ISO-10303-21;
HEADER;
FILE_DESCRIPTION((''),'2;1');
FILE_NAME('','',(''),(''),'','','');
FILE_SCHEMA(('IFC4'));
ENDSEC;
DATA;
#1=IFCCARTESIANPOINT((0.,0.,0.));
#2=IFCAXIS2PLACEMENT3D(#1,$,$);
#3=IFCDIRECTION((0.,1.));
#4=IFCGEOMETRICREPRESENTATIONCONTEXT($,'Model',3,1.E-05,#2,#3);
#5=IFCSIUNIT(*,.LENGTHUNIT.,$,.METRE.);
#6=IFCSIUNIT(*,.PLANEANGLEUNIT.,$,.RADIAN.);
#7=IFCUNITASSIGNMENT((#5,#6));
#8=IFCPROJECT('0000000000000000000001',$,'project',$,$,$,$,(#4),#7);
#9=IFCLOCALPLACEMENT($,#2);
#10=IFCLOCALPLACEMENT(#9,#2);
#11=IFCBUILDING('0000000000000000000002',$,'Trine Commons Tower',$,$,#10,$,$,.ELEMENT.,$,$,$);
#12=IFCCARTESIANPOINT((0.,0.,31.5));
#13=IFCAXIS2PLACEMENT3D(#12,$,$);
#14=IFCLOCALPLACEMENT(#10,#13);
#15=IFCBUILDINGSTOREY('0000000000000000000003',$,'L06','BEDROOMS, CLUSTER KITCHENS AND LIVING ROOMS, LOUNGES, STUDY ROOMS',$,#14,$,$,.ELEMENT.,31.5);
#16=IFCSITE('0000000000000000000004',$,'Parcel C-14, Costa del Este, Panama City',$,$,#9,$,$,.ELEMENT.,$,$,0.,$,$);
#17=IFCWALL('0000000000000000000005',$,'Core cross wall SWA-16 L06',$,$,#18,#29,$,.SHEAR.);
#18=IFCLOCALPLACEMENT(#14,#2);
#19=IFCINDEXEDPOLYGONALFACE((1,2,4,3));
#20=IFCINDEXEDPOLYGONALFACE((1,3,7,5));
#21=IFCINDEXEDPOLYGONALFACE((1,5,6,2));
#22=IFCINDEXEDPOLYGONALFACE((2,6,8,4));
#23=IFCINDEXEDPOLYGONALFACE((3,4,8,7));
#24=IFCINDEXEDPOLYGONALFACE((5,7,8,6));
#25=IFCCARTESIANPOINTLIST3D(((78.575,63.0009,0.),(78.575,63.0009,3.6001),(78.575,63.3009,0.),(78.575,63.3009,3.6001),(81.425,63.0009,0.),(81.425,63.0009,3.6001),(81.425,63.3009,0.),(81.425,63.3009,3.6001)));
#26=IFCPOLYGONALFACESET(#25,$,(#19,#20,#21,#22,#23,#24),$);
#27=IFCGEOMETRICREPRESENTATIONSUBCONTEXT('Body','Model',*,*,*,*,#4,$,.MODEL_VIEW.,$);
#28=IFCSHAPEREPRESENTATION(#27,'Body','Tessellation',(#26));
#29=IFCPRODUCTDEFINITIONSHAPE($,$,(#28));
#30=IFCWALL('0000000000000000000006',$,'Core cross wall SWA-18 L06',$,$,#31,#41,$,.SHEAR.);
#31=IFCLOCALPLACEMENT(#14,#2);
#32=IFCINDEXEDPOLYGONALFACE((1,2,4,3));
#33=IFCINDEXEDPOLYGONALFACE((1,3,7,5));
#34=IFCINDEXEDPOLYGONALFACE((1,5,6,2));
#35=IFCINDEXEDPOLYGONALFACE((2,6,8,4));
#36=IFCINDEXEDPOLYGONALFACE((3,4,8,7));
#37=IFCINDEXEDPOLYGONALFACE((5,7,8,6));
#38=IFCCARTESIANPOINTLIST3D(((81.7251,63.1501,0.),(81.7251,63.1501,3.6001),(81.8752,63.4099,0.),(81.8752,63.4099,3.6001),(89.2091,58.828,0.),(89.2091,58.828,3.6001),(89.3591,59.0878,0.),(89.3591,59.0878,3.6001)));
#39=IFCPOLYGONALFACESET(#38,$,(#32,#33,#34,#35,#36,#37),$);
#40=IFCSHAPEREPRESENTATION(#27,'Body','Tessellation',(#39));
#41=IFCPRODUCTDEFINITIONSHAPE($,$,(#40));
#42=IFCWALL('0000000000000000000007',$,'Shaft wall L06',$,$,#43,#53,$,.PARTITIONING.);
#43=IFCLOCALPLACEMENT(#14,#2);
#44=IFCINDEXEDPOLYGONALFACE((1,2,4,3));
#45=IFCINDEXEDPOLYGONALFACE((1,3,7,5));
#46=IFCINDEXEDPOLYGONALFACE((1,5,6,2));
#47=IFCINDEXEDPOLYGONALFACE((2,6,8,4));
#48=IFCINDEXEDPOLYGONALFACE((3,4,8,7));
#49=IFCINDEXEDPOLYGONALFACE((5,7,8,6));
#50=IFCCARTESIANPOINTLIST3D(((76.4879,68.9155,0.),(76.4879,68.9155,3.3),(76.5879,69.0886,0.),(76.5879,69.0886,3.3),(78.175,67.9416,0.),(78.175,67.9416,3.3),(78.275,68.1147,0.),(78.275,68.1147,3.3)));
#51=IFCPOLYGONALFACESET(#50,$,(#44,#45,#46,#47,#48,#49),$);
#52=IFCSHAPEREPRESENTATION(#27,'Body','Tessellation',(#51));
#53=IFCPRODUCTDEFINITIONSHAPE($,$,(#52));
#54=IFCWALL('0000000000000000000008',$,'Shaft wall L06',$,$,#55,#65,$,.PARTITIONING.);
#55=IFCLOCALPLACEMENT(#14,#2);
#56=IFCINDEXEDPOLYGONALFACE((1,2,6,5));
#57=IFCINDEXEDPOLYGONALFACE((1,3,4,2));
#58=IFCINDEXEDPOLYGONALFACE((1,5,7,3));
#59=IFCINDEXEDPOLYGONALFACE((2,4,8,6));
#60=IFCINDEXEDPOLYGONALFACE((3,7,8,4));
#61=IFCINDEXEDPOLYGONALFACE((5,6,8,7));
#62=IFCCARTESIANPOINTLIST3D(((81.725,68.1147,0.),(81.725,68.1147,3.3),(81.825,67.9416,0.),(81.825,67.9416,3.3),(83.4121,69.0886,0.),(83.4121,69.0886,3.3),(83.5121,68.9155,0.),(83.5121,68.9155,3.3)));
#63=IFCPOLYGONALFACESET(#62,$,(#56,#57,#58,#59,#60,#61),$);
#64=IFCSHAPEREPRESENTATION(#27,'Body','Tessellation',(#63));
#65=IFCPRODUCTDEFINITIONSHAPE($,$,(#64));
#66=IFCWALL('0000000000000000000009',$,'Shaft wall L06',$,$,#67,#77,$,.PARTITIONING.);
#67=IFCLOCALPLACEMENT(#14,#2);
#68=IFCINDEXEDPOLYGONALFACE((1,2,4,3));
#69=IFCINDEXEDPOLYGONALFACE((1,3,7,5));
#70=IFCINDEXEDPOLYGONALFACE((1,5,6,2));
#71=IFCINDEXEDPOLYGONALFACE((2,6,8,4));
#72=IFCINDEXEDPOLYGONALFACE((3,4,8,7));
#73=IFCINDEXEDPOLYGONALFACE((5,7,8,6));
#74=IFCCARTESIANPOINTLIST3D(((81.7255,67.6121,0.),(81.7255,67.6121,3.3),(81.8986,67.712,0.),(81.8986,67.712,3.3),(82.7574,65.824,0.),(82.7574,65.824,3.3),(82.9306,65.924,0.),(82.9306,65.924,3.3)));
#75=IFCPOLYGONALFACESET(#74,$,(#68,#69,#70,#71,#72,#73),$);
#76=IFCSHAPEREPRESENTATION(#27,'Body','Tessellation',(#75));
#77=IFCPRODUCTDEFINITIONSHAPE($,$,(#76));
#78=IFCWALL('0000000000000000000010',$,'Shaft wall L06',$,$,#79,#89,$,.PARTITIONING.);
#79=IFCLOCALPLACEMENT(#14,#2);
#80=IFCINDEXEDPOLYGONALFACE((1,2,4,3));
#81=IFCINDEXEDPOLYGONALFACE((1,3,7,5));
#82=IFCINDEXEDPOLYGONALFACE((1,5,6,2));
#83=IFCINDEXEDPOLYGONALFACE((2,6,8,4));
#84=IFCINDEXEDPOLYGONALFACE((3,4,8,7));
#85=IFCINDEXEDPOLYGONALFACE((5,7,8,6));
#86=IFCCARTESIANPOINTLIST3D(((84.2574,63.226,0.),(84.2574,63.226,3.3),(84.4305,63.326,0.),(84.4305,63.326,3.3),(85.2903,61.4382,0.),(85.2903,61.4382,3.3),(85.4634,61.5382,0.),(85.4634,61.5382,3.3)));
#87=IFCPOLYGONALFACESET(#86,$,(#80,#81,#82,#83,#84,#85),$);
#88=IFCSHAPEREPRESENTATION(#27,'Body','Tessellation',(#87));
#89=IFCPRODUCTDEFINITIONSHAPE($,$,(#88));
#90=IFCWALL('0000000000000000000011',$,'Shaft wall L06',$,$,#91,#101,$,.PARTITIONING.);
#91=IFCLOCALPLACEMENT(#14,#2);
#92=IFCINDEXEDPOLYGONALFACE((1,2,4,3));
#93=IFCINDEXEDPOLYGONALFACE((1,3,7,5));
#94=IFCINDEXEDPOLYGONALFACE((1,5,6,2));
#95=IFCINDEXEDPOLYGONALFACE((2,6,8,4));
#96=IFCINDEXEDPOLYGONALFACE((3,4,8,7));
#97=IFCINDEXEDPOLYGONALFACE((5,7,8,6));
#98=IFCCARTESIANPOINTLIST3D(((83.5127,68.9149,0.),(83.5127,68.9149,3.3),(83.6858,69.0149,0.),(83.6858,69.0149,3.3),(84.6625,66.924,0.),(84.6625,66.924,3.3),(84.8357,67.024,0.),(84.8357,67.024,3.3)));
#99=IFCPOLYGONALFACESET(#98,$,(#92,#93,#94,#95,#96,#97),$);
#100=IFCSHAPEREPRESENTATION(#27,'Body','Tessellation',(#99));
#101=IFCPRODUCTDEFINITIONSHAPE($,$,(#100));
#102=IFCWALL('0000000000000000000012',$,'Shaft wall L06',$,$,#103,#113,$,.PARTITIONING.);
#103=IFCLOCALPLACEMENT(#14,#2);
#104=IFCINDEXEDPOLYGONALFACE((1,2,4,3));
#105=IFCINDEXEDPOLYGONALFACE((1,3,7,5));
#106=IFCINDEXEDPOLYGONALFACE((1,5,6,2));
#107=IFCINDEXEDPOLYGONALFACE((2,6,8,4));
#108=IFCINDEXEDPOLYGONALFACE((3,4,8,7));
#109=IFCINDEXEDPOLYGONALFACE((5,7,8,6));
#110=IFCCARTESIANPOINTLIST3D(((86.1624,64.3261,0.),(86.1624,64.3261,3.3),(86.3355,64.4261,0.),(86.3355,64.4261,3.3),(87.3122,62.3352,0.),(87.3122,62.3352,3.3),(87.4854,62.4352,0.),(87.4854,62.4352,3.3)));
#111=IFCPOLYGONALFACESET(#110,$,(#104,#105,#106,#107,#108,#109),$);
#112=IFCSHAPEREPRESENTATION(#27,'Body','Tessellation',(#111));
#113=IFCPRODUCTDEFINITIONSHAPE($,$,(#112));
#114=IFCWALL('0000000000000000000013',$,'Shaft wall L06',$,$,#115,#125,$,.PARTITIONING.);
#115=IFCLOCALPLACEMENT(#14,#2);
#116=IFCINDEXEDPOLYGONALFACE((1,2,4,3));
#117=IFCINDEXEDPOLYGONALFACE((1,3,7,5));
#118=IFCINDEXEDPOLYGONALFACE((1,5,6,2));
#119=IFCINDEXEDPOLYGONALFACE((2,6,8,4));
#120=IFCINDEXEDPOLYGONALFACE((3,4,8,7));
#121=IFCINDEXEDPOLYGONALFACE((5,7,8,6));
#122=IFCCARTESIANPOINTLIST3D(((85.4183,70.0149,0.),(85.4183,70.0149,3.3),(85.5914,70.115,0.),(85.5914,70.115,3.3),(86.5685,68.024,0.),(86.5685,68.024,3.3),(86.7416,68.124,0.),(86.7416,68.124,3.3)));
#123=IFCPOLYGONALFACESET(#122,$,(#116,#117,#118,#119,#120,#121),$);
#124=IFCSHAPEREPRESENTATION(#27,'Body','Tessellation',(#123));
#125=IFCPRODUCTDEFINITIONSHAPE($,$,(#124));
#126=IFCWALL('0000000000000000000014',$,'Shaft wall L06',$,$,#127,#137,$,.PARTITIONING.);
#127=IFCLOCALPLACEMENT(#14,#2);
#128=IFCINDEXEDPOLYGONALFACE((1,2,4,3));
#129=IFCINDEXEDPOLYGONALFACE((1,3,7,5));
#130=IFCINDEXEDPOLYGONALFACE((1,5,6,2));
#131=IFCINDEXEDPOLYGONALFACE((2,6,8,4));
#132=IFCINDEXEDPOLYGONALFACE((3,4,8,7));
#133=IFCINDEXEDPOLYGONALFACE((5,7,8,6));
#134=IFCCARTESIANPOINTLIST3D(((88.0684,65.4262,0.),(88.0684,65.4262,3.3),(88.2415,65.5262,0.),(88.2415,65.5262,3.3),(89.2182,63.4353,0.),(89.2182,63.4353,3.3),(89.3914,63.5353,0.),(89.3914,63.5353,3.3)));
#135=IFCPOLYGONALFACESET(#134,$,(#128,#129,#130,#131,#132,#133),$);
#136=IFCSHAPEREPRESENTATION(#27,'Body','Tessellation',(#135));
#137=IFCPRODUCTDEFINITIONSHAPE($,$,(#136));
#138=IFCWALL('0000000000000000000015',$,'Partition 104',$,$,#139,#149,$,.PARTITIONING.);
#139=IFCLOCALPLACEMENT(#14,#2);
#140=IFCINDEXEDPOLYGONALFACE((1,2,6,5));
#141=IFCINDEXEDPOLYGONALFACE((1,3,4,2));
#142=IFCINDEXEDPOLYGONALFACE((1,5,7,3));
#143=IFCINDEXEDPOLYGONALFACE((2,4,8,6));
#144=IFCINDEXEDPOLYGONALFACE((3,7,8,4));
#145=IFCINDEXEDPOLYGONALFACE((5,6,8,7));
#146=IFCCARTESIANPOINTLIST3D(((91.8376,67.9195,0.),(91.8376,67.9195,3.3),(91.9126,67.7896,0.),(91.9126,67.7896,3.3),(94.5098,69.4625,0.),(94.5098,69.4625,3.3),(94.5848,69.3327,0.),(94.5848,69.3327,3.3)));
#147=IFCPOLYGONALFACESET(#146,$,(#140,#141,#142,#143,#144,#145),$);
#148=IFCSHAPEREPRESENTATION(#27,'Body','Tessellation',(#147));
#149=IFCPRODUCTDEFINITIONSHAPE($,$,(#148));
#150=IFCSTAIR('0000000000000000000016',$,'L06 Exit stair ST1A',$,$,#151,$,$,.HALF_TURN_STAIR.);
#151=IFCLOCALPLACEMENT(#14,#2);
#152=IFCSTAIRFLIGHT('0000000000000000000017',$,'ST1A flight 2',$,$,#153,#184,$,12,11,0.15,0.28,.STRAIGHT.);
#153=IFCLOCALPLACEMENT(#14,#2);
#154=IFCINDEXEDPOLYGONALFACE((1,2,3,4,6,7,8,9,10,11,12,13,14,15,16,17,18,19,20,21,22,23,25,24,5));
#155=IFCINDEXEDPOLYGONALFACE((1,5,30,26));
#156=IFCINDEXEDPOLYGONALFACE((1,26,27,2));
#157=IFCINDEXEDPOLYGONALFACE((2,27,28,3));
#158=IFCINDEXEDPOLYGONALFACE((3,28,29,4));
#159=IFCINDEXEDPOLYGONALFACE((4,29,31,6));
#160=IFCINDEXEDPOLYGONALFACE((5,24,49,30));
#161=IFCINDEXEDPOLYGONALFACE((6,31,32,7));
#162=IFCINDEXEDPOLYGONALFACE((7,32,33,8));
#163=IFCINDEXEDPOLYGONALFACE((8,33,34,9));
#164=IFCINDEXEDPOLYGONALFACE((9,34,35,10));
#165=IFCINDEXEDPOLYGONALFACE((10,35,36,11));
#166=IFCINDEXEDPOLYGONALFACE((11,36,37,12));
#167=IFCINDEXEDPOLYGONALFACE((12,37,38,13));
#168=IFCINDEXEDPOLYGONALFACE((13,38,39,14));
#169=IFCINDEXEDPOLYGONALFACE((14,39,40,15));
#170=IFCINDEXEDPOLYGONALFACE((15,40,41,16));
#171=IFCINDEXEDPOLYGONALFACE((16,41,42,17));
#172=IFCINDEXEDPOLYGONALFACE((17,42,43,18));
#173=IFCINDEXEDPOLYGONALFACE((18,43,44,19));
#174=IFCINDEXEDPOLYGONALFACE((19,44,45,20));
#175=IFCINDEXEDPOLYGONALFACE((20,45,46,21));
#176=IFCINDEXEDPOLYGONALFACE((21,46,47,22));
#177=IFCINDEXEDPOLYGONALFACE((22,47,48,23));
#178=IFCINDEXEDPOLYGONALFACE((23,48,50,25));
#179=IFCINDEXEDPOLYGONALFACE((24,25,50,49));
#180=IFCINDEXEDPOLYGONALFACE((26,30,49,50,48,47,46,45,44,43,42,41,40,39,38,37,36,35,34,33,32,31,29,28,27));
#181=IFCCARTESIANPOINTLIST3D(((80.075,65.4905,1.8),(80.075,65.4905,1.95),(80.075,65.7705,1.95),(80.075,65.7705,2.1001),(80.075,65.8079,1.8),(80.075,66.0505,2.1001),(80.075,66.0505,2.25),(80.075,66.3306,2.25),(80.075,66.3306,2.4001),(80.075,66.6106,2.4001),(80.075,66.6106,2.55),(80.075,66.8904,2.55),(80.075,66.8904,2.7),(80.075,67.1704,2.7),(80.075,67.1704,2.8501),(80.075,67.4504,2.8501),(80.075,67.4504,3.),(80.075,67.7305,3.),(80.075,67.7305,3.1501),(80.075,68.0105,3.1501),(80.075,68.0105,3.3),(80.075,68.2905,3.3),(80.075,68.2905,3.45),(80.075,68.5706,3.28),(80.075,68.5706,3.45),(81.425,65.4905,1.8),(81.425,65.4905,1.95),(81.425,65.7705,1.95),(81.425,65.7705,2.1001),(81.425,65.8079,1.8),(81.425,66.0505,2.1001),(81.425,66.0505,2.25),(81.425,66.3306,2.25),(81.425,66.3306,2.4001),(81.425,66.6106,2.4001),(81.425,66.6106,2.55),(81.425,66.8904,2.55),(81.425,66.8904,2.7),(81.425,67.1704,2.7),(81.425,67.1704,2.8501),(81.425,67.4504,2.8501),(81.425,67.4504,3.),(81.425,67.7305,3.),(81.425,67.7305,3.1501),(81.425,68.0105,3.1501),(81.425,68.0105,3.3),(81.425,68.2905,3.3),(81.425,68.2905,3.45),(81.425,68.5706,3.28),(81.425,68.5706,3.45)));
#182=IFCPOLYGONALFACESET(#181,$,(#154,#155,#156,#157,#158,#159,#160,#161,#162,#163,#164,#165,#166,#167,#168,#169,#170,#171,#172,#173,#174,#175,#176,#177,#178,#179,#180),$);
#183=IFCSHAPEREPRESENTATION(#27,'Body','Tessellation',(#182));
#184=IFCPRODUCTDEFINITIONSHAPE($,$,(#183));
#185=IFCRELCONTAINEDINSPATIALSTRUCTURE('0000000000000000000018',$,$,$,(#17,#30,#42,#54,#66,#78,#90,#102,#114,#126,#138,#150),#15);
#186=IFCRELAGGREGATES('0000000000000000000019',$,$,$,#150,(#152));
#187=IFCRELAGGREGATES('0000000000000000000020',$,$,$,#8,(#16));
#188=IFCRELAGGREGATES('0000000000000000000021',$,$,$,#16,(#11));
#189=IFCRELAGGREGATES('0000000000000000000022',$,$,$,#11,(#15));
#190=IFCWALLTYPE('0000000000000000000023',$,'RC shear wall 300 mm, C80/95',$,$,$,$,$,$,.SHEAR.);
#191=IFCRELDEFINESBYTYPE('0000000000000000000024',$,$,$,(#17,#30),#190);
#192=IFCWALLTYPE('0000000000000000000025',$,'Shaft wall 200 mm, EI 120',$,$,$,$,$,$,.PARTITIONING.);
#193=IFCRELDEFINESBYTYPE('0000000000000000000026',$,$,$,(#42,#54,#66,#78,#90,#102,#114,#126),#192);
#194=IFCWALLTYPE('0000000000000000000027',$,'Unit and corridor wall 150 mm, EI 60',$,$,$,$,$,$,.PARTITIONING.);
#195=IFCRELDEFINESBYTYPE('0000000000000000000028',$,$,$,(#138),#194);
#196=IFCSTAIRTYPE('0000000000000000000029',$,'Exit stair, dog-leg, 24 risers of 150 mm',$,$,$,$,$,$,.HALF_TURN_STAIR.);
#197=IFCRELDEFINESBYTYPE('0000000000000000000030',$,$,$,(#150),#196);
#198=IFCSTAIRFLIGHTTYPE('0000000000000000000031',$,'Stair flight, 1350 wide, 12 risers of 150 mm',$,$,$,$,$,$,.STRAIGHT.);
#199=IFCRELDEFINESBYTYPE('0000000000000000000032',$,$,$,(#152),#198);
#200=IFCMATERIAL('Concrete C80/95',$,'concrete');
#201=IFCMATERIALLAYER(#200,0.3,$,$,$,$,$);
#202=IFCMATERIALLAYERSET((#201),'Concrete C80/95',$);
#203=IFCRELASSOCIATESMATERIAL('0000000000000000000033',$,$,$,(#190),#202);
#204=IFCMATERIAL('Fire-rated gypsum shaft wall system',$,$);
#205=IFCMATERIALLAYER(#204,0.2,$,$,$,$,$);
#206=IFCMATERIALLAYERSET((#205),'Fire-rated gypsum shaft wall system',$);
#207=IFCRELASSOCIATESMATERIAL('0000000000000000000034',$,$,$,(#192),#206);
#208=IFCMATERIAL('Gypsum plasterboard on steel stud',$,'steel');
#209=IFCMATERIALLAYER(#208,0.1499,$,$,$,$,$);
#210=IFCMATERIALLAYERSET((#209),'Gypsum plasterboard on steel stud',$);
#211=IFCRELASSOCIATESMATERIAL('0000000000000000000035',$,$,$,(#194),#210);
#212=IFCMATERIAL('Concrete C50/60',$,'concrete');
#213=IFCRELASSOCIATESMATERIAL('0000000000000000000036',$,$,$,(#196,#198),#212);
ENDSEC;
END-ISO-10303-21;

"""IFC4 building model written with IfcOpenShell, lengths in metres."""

from ifc_helpers import new_model, si_unit, direction, frame, frame_2d, origin, place, context, subcontext, project, spatial, polyline, rectangle, outline, extrude, material, layer, layer_set, type_object, element, aggregate, save


model = new_model("IFC4")

# Units and contexts
model_context = context("Model", 3, precision=1e-05, world=origin(), true_north=direction((0.0, 1.0)))
body_context = subcontext(model_context, "Body", "Model", "MODEL_VIEW")
ifc_project = project(units=[si_unit("LENGTHUNIT", "METRE"), si_unit("PLANEANGLEUNIT", "RADIAN")], contexts=[model_context])

# Site, building, storey
site_placement = place(None, origin())
site = spatial("IfcSite", under=ifc_project, at=site_placement, Name="Parcel C-14, Costa del Este, Panama City", CompositionType="ELEMENT", RefElevation=0.0)
building_placement = place(site_placement, origin())
building = spatial("IfcBuilding", under=site, at=building_placement, Name="Trine Commons Tower", CompositionType="ELEMENT")
storey_placement = place(building_placement, frame((0.0, 0.0, 31.5)))
storey = spatial("IfcBuildingStorey", under=building, at=storey_placement, Name="L06", Description="BEDROOMS, CLUSTER KITCHENS AND LIVING ROOMS, LOUNGES, STUDY ROOMS", CompositionType="ELEMENT", Elevation=31.5)

# Shared definitions
ifc_material_1 = material(Name="Concrete C50/60", Category="concrete")

# Shared definitions
ifc_material_2 = material(Name="Fire-rated gypsum shaft wall system")
ifc_material_3 = material(Name="Concrete C80/95", Category="concrete")
ifc_layer_1 = layer(ifc_material_3, 0.3)
ifc_layer_set_1 = layer_set([ifc_layer_1], Name="Concrete C80/95")
wall_type_1 = type_object("IfcWallType", Name="RC shear wall 300 mm, C80/95", PredefinedType="SHEAR", material=ifc_layer_set_1)

# Walls
wall_1_placement = place(storey_placement, frame((81.425, 63.1509, 0.0), z_axis=(0.0, 0.0, 1.0), x_axis=(-1.0, 0.0, 0.0)))
element("IfcWall", 1, at=wall_1_placement, inside=storey, type_object=wall_type_1, Name="Core cross wall SWA-16 L06", PredefinedType="SHEAR", context=body_context, shape_type="SweptSolid", body=[
    extrude(rectangle(XDim=2.8501, YDim=0.3, at=frame_2d((1.425, 0.0))), origin(), (0.0, 0.0, 1.0), 3.6001),
])
wall_2_placement = place(storey_placement, frame((81.8, 63.28, 0.0), z_axis=(0.0, 0.0, 1.0), x_axis=(0.865965, -0.500104, 0.0)))
element("IfcWall", 2, at=wall_2_placement, inside=storey, type_object=wall_type_1, Name="Core cross wall SWA-18 L06", PredefinedType="SHEAR", context=body_context, shape_type="SweptSolid", body=[
    extrude(rectangle(XDim=8.6423, YDim=0.3, at=frame_2d((4.3213, 0.0))), origin(), (0.0, 0.0, 1.0), 3.6001),
])
ifc_layer_2 = layer(ifc_material_2, 0.2)
ifc_layer_set_2 = layer_set([ifc_layer_2], Name="Fire-rated gypsum shaft wall system")
wall_type_2 = type_object("IfcWallType", Name="Shaft wall 200 mm, EI 120", PredefinedType="PARTITIONING", material=ifc_layer_set_2)
for number, where, z_axis, x_axis, name in (
    (3, (78.2251, 68.0281, 0.0), (0.0, 0.0, 1.0), (-0.866052, 0.499954, 0.0), "Shaft wall L06"),
    (4, (81.7749, 68.0281, 0.0), (0.0, 0.0, 1.0), (0.866052, 0.499954, 0.0), "Shaft wall L06"),
):
    element("IfcWall", number, at=place(storey_placement, frame(where, z_axis=z_axis, x_axis=x_axis)), inside=storey, type_object=wall_type_2, Name=name, PredefinedType="PARTITIONING", context=body_context, shape_type="SweptSolid", body=[
        extrude(rectangle(XDim=1.948, YDim=0.2, at=frame_2d((0.9741, 0.0))), origin(), (0.0, 0.0, 1.0), 3.3),
    ])
wall_3_placement = place(storey_placement, frame((82.844, 65.874, 0.0), z_axis=(0.0, 0.0, 1.0), x_axis=(-0.499866, 0.866103, 0.0)))
element("IfcWall", 5, at=wall_3_placement, inside=storey, type_object=wall_type_2, Name="Shaft wall L06", PredefinedType="PARTITIONING", context=body_context, shape_type="SweptSolid", body=[
    extrude(rectangle(XDim=2.0645, YDim=0.2, at=frame_2d((1.0322, 0.0))), origin(), (0.0, 0.0, 1.0), 3.3),
])
wall_4_placement = place(storey_placement, frame((84.344, 63.2759, 0.0), z_axis=(0.0, 0.0, 1.0), x_axis=(0.500272, -0.865868, 0.0)))
element("IfcWall", 6, at=wall_4_placement, inside=storey, type_object=wall_type_2, Name="Shaft wall L06", PredefinedType="PARTITIONING", context=body_context, shape_type="SweptSolid", body=[
    extrude(rectangle(XDim=2.0647, YDim=0.2, at=frame_2d((1.0322, 0.0))), origin(), (0.0, 0.0, 1.0), 3.3),
])
for number, where, z_axis, x_axis, name in (
    (7, (84.749, 66.9741, 0.0), (0.0, 0.0, 1.0), (-0.500136, 0.865947, 0.0), "Shaft wall L06"),
    (8, (86.249, 64.376, 0.0), (0.0, 0.0, 1.0), (0.500136, -0.865947, 0.0), "Shaft wall L06"),
):
    element("IfcWall", number, at=place(storey_placement, frame(where, z_axis=z_axis, x_axis=x_axis)), inside=storey, type_object=wall_type_2, Name=name, PredefinedType="PARTITIONING", context=body_context, shape_type="SweptSolid", body=[
        extrude(rectangle(XDim=2.2991, YDim=0.2, at=frame_2d((1.1494, 0.0))), origin(), (0.0, 0.0, 1.0), 3.3),
    ])
wall_5_placement = place(storey_placement, frame((86.655, 68.074, 0.0), z_axis=(0.0, 0.0, 1.0), x_axis=(-0.500216, 0.865901, 0.0)))
element("IfcWall", 9, at=wall_5_placement, inside=storey, type_object=wall_type_2, Name="Shaft wall L06", PredefinedType="PARTITIONING", context=body_context, shape_type="SweptSolid", body=[
    extrude(rectangle(XDim=2.2993, YDim=0.2, at=frame_2d((1.1497, 0.0))), origin(), (0.0, 0.0, 1.0), 3.3),
])
wall_6_placement = place(storey_placement, frame((88.155, 65.4761, 0.0), z_axis=(0.0, 0.0, 1.0), x_axis=(0.500136, -0.865947, 0.0)))
element("IfcWall", 10, at=wall_6_placement, inside=storey, type_object=wall_type_2, Name="Shaft wall L06", PredefinedType="PARTITIONING", context=body_context, shape_type="SweptSolid", body=[
    extrude(rectangle(XDim=2.2991, YDim=0.2, at=frame_2d((1.1494, 0.0))), origin(), (0.0, 0.0, 1.0), 3.3),
])
ifc_material_4 = material(Name="Gypsum plasterboard on steel stud", Category="steel")
ifc_layer_3 = layer(ifc_material_4, 0.1499)
ifc_layer_set_3 = layer_set([ifc_layer_3], Name="Gypsum plasterboard on steel stud")
wall_type_3 = type_object("IfcWallType", Name="Unit and corridor wall 150 mm, EI 60", PredefinedType="PARTITIONING", material=ifc_layer_set_3)
wall_7_placement = place(storey_placement, frame((91.875, 67.8545, 0.0), z_axis=(0.0, 0.0, 1.0), x_axis=(0.865995, 0.500053, 0.0)))
element("IfcWall", 11, at=wall_7_placement, inside=storey, type_object=wall_type_3, Name="Partition 104", PredefinedType="PARTITIONING", context=body_context, shape_type="SweptSolid", body=[
    extrude(rectangle(XDim=3.0857, YDim=0.1499, at=frame_2d((1.543, 0.0))), origin(), (0.0, 0.0, 1.0), 3.3),
])

# Stair, stair flight
stair_type = type_object("IfcStairType", Name="Exit stair, dog-leg, 24 risers of 150 mm", PredefinedType="HALF_TURN_STAIR", material=ifc_material_1)
stair_placement = place(storey_placement, origin())
stair = element("IfcStair", 12, at=stair_placement, inside=storey, type_object=stair_type, Name="L06 Exit stair ST1A", PredefinedType="HALF_TURN_STAIR")
stair_flight_type = type_object("IfcStairFlightType", Name="Stair flight, 1350 wide, 12 risers of 150 mm", PredefinedType="STRAIGHT", material=ifc_material_1)
stair_flight_placement = place(storey_placement, frame((80.75, 65.4905, 1.8), z_axis=(0.0, 0.0, 1.0), x_axis=(0.0, 1.0, 0.0)))
stair_flight = element("IfcStairFlight", 13, at=stair_flight_placement, type_object=stair_flight_type, Name="ST1A flight 2", NumberOfRisers=12, NumberOfTreads=11, PredefinedType="STRAIGHT", RiserHeight=0.15, TreadLength=0.28, context=body_context, shape_type="SweptSolid", body=[
    extrude(outline(polyline([(0.0, 0.0), (0.0, 0.1499), (0.28, 0.1499), (0.28, 0.3), (0.5601, 0.3), (0.5601, 0.45), (0.8401, 0.45), (0.8401, 0.6001), (1.1201, 0.6001), (1.1201, 0.75), (1.3999, 0.75), (1.3999, 0.8999), (1.6799, 0.8999), (1.6799, 1.05), (1.96, 1.05), (1.96, 1.2), (2.24, 1.2), (2.24, 1.3501), (2.52, 1.3501), (2.52, 1.5), (2.8, 1.5), (2.8, 1.6499), (3.0801, 1.6499), (3.0801, 1.8), (3.0801, 1.48), (0.3174, 0.0), (0.0, 0.0)])), frame((0.0, 0.675, 0.0), z_axis=(0.0, -1.0, 0.0), x_axis=(1.0, 0.0, 0.0)), (0.0, 0.0, 1.0), 1.3501),
])
aggregate(stair, [stair_flight])

save(model, "model.ifc")
